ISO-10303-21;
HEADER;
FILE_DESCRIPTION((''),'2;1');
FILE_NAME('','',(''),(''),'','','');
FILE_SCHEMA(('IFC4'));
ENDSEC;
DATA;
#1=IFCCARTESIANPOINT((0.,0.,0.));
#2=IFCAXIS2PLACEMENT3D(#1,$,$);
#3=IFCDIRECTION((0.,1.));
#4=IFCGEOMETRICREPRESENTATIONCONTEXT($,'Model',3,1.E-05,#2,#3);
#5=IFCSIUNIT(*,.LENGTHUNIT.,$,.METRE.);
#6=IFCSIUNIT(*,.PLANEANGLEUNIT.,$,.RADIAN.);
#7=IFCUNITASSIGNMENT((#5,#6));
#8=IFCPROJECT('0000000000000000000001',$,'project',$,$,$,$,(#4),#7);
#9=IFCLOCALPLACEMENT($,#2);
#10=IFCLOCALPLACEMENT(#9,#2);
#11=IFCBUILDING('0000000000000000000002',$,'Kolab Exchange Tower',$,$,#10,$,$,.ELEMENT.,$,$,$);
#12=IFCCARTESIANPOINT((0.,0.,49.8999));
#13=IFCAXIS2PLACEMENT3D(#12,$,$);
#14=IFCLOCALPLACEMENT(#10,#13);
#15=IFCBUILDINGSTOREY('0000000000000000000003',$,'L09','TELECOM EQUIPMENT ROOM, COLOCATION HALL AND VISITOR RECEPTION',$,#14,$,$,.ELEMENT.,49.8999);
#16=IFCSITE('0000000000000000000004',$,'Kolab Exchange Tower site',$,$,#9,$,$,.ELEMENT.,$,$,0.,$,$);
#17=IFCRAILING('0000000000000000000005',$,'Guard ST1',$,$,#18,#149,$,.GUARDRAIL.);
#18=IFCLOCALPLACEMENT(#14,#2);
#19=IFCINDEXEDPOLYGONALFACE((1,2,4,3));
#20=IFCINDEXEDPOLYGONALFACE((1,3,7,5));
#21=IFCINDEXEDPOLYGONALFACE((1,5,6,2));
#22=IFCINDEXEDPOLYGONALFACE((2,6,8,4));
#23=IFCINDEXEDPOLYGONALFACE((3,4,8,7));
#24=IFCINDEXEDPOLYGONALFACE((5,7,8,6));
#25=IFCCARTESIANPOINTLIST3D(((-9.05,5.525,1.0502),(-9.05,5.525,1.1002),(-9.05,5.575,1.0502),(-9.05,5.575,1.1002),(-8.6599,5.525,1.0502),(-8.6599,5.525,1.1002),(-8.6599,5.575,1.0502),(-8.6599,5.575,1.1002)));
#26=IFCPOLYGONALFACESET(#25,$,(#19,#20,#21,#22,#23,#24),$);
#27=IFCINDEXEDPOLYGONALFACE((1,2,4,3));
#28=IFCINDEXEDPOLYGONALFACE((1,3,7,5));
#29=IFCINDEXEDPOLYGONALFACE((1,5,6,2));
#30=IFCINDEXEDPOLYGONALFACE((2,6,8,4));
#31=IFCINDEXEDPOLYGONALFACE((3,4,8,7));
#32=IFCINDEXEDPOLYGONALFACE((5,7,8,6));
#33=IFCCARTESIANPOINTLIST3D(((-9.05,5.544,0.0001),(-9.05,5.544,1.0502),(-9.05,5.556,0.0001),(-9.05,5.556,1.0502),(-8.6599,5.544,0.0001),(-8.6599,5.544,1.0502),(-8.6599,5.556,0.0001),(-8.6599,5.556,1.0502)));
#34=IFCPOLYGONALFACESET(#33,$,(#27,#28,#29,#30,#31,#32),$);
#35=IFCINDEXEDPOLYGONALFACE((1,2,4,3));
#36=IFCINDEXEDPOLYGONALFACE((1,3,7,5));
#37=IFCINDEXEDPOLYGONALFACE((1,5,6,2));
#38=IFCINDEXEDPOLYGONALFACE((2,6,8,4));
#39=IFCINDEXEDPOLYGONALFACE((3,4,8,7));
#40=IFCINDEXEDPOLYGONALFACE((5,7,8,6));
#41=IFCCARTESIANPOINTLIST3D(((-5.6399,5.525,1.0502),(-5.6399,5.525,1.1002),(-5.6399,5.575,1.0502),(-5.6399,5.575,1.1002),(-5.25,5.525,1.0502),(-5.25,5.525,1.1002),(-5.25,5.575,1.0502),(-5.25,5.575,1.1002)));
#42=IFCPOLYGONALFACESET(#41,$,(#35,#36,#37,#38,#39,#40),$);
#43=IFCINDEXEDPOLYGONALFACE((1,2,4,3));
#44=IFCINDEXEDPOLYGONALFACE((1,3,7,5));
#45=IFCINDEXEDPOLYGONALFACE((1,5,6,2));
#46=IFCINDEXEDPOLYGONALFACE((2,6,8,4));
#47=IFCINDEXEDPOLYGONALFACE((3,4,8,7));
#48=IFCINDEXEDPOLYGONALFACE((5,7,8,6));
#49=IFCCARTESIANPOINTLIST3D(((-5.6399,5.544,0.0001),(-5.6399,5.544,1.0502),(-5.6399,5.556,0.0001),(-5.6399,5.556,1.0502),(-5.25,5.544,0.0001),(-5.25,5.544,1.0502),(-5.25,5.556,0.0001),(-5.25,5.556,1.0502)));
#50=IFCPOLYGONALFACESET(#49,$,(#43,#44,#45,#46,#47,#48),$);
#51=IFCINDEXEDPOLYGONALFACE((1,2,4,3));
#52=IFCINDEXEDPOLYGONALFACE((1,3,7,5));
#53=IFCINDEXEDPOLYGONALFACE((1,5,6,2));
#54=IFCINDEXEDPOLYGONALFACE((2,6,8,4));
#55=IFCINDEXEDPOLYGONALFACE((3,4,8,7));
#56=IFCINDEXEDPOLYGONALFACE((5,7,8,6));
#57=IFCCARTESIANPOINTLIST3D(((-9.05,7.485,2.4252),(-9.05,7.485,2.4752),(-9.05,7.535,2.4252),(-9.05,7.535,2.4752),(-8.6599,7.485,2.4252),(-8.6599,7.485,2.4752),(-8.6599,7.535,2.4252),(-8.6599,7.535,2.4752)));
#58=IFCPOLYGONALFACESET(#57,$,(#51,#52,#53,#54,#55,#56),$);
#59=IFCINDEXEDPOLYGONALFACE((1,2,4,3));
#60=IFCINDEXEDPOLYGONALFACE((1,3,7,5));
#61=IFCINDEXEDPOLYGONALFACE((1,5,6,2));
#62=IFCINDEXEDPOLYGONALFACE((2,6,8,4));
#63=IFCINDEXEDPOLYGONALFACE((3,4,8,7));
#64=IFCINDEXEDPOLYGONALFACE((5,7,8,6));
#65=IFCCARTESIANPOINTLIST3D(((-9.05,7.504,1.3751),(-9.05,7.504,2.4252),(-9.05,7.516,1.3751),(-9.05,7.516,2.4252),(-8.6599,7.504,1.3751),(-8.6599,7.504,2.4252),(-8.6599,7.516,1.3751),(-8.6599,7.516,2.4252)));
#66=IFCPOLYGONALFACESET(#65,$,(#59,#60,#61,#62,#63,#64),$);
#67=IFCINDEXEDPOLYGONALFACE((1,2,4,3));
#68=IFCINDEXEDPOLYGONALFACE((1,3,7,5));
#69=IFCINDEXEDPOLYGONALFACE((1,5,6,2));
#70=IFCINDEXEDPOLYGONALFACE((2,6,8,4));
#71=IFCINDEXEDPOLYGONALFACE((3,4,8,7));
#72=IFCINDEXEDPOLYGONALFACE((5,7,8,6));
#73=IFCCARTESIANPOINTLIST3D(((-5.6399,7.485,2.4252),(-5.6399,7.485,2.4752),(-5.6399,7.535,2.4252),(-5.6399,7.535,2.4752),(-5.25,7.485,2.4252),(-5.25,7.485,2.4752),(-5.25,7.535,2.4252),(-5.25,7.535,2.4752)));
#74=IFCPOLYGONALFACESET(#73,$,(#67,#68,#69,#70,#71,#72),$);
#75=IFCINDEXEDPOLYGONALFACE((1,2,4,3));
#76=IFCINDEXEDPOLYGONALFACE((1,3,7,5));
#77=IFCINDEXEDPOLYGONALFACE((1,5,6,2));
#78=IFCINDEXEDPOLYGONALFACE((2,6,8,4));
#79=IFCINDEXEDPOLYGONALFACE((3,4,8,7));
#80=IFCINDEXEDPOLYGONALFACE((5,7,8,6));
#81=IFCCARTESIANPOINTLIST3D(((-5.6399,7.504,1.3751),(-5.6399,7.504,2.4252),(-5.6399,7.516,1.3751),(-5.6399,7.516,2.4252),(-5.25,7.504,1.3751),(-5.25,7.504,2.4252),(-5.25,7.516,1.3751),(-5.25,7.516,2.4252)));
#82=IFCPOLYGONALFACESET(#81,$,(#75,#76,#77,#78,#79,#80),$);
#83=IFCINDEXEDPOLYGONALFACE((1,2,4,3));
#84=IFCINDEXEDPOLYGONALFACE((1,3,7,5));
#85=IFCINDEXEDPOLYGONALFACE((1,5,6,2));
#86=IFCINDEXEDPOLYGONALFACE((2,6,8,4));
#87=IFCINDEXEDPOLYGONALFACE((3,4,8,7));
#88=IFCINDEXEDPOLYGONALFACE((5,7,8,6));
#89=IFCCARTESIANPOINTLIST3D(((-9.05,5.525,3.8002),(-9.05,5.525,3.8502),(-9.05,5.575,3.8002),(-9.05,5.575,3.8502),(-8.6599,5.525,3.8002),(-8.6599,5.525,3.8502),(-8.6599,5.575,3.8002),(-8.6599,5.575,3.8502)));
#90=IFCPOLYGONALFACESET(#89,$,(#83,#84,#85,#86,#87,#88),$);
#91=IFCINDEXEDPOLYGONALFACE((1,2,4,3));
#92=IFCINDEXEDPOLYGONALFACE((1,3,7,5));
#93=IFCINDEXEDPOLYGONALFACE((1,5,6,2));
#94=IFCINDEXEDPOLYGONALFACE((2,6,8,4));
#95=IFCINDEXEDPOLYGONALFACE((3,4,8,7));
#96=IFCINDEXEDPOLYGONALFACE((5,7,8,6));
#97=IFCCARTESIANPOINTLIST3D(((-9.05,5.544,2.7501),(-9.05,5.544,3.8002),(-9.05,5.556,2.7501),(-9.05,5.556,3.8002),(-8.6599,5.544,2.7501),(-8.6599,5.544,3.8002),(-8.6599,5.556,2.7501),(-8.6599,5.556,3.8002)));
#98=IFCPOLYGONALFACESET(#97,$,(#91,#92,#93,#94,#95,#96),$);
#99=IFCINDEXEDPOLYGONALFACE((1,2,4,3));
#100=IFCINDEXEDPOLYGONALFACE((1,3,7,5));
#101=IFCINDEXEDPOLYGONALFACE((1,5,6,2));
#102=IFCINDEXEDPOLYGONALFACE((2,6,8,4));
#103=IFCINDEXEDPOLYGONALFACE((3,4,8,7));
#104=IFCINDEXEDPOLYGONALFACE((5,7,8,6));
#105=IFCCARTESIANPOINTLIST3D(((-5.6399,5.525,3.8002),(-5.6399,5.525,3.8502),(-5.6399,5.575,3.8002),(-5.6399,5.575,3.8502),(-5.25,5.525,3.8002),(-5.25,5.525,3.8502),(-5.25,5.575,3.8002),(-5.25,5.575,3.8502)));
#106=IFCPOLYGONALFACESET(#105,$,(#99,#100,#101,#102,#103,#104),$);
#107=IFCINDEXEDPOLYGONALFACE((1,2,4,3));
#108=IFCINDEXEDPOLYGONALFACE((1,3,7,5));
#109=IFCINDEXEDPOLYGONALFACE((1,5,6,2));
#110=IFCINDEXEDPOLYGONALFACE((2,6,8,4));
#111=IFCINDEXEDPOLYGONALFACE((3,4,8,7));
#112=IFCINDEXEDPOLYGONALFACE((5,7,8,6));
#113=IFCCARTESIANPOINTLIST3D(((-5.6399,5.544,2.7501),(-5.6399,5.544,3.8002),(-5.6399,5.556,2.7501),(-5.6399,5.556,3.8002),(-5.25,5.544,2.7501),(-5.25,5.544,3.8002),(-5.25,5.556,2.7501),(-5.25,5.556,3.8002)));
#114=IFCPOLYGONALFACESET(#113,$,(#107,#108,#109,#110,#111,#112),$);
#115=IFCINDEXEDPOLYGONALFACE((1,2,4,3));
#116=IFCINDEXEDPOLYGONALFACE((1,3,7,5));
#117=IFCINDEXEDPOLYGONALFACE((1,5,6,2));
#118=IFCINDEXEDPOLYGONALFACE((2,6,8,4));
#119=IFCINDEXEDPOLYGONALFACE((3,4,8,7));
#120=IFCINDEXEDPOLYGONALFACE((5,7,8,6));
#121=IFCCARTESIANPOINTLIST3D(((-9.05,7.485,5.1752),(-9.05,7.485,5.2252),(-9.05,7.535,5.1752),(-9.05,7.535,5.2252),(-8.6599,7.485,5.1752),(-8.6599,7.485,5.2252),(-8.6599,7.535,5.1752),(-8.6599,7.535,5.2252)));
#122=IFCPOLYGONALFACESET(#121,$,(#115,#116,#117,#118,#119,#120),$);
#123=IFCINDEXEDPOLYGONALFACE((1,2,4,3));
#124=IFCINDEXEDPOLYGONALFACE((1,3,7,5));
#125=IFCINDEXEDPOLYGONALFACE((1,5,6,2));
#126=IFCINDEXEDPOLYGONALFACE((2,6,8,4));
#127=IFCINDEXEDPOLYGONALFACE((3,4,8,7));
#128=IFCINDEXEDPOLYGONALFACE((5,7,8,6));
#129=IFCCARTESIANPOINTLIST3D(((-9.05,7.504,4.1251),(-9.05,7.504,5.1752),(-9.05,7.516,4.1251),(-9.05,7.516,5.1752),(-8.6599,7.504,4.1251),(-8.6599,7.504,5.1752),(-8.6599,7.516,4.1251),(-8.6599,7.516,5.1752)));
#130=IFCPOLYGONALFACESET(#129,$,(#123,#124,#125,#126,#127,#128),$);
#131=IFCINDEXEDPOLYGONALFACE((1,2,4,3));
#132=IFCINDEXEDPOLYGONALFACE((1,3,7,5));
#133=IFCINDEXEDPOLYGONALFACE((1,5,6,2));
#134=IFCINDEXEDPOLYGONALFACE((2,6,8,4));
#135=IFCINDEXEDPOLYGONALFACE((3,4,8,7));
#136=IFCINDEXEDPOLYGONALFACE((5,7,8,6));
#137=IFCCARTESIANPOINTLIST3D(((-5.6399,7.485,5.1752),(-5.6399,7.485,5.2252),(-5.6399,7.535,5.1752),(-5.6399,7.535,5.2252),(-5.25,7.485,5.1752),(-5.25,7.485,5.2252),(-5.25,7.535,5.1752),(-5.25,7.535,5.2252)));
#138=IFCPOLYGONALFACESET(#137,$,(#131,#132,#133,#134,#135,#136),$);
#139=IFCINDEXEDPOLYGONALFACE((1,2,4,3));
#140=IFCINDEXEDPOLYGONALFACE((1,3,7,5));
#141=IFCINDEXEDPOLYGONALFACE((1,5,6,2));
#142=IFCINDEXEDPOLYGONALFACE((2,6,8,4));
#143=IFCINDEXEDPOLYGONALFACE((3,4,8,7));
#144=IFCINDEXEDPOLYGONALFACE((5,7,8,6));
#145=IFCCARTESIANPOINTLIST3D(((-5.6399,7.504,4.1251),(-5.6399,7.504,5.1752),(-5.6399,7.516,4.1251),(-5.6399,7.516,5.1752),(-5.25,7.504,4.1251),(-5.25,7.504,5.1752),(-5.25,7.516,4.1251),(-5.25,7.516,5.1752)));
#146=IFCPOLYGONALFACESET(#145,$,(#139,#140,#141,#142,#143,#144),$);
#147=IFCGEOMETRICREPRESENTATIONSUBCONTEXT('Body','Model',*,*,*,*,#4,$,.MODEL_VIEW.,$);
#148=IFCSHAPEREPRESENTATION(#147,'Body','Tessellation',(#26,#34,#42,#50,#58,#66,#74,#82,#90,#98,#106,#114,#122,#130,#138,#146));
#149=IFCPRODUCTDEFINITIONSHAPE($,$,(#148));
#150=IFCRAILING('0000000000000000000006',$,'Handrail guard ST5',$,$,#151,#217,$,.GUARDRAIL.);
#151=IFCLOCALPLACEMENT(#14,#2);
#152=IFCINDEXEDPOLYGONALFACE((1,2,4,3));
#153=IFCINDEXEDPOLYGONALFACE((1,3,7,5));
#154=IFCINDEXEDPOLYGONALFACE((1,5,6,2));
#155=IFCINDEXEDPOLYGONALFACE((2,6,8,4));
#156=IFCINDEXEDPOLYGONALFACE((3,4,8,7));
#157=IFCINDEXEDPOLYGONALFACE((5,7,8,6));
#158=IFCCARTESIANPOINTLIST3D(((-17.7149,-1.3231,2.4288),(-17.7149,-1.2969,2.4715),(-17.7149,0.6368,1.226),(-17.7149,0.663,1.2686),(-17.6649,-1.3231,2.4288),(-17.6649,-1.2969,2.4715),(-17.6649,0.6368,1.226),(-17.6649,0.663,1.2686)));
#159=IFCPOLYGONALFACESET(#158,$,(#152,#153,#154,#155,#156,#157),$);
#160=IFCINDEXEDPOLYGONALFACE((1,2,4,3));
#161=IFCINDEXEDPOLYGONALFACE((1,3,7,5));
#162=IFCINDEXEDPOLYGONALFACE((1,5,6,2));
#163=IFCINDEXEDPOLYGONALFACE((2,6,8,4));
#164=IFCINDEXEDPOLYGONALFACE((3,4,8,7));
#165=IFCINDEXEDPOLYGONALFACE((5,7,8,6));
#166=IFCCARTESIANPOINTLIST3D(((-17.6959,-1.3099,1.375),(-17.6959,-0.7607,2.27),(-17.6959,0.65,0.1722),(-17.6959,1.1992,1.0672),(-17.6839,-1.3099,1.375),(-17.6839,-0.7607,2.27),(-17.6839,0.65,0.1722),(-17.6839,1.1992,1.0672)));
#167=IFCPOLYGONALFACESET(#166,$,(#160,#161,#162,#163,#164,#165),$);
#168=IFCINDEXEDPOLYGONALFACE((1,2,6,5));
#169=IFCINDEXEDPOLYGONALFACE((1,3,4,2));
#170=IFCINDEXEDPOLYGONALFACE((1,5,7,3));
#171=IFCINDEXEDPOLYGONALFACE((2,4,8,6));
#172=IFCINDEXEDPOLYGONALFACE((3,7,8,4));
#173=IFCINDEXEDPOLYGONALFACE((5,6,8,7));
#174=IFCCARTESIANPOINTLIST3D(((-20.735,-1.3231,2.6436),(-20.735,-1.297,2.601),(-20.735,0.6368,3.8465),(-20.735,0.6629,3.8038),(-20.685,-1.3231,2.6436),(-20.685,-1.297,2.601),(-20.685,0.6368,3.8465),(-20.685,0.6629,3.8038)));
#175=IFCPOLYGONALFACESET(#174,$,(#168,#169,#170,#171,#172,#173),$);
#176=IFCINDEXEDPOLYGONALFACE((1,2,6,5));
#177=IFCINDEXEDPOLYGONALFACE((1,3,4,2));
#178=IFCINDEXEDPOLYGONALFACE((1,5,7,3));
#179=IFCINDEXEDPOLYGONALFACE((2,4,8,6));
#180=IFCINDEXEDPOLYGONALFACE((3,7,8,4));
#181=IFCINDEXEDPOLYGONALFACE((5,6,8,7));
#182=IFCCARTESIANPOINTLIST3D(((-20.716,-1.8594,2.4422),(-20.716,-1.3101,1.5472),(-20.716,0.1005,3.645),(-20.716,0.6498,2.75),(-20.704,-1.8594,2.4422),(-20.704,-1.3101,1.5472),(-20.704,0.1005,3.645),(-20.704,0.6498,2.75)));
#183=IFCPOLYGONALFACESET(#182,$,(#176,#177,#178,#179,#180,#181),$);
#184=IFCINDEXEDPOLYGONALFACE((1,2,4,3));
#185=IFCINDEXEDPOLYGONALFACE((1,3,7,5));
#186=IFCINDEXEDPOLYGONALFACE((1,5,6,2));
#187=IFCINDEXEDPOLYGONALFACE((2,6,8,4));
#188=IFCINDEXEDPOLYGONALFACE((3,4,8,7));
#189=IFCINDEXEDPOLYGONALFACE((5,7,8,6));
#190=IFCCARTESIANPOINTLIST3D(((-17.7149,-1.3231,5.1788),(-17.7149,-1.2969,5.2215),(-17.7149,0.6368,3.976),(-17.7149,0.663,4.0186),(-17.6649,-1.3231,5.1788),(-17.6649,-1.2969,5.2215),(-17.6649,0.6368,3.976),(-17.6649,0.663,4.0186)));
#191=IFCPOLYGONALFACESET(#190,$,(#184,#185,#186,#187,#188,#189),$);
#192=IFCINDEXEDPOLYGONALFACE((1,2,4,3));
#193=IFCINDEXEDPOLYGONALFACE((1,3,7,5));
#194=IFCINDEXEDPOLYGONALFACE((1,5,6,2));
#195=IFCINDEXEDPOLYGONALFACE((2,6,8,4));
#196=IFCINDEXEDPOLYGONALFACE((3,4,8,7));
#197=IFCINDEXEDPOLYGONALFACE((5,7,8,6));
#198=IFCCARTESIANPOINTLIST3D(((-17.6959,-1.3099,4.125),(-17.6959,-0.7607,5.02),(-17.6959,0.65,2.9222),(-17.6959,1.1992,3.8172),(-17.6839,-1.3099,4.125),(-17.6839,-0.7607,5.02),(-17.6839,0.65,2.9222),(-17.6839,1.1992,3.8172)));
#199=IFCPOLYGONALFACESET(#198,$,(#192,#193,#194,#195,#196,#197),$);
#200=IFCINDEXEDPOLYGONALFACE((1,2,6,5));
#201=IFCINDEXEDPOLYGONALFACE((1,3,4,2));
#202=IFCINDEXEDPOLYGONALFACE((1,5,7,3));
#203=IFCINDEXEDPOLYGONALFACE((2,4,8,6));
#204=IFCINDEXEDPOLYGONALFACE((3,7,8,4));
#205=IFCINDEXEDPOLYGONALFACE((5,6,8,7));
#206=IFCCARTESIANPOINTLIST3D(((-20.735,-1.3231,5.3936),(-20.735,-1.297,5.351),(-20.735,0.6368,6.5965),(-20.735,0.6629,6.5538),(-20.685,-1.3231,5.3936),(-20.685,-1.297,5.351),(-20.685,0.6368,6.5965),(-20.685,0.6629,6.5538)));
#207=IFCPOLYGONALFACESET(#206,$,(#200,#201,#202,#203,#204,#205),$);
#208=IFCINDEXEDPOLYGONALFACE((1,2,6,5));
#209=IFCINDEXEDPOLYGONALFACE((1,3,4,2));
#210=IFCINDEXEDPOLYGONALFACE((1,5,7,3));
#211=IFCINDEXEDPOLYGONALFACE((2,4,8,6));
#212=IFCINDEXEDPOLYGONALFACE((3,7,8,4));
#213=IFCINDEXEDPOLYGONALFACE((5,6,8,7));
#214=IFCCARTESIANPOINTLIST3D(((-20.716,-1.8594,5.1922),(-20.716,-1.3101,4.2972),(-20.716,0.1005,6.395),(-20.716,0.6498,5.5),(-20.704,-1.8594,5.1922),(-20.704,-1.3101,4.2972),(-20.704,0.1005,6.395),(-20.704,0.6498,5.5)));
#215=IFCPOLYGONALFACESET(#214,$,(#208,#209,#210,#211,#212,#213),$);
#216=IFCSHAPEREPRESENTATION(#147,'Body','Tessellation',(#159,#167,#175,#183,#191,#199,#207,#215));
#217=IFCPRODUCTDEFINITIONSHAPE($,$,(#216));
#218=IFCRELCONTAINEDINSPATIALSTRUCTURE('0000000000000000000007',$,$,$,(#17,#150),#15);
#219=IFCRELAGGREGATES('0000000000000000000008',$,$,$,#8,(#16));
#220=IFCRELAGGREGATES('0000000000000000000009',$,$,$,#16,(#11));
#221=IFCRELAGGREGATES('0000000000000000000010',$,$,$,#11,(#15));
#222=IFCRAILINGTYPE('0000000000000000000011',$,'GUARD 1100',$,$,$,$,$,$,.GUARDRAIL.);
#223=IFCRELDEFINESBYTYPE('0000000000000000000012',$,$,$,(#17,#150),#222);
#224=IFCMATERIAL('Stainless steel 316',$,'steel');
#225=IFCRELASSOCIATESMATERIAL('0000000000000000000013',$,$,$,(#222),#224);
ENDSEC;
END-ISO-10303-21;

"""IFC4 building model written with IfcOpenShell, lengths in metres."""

from ifc_helpers import new_model, si_unit, direction, frame, frame_2d, origin, origin_2d, place, context, subcontext, project, spatial, rectangle, extrude, material, type_object, element, save


model = new_model("IFC4")

# Units and contexts
model_context = context("Model", 3, precision=1e-05, world=origin(), true_north=direction((0.0, 1.0)))
body_context = subcontext(model_context, "Body", "Model", "MODEL_VIEW")
ifc_project = project(units=[si_unit("LENGTHUNIT", "METRE"), si_unit("PLANEANGLEUNIT", "RADIAN")], contexts=[model_context])

# Site, building, storey
site_placement = place(None, origin())
site = spatial("IfcSite", under=ifc_project, at=site_placement, Name="Kolab Exchange Tower site", CompositionType="ELEMENT", RefElevation=0.0)
building_placement = place(site_placement, origin())
building = spatial("IfcBuilding", under=site, at=building_placement, Name="Kolab Exchange Tower", CompositionType="ELEMENT")
storey_placement = place(building_placement, frame((0.0, 0.0, 49.8999)))
storey = spatial("IfcBuildingStorey", under=building, at=storey_placement, Name="L09", Description="TELECOM EQUIPMENT ROOM, COLOCATION HALL AND VISITOR RECEPTION", CompositionType="ELEMENT", Elevation=49.8999)

# Railings
ifc_material_1 = material(Name="Stainless steel 316", Category="steel")
railing_type = type_object("IfcRailingType", Name="GUARD 1100", PredefinedType="GUARDRAIL", material=ifc_material_1)
railing_1_placement = place(storey_placement, frame((-9.05, 5.55, 0.0)))
element("IfcRailing", 1, at=railing_1_placement, inside=storey, type_object=railing_type, Name="Guard ST1", PredefinedType="GUARDRAIL", context=body_context, shape_type="SweptSolid", body=[
    extrude(rectangle(XDim=0.05, YDim=0.05, at=origin_2d()), frame((0.0, 0.0, 1.0752), z_axis=(1.0, 0.0, 0.0), x_axis=(0.0, 1.0, 0.0)), (0.0, 0.0, 1.0), 0.3901),
    extrude(rectangle(XDim=0.012, YDim=1.0501, at=frame_2d((0.0, 0.5251))), frame((0.0, 0.0, 0.0), z_axis=(1.0, 0.0, 0.0), x_axis=(0.0, 1.0, 0.0)), (0.0, 0.0, 1.0), 0.3901),
    extrude(rectangle(XDim=0.05, YDim=0.05, at=origin_2d()), frame((3.4102, 0.0, 1.0752), z_axis=(1.0, 0.0, 0.0), x_axis=(0.0, 1.0, 0.0)), (0.0, 0.0, 1.0), 0.3899),
    extrude(rectangle(XDim=0.012, YDim=1.0501, at=frame_2d((0.0, 0.5251))), frame((3.4102, 0.0, 0.0), z_axis=(1.0, 0.0, 0.0), x_axis=(0.0, 1.0, 0.0)), (0.0, 0.0, 1.0), 0.3899),
    extrude(rectangle(XDim=0.05, YDim=0.05, at=origin_2d()), frame((0.0, 1.96, 2.4502), z_axis=(1.0, 0.0, 0.0), x_axis=(0.0, 1.0, 0.0)), (0.0, 0.0, 1.0), 0.3901),
    extrude(rectangle(XDim=0.012, YDim=1.0501, at=frame_2d((0.0, 0.5251))), frame((0.0, 1.96, 1.375), z_axis=(1.0, 0.0, 0.0), x_axis=(0.0, 1.0, 0.0)), (0.0, 0.0, 1.0), 0.3901),
    extrude(rectangle(XDim=0.05, YDim=0.05, at=origin_2d()), frame((3.4102, 1.96, 2.4502), z_axis=(1.0, 0.0, 0.0), x_axis=(0.0, 1.0, 0.0)), (0.0, 0.0, 1.0), 0.3899),
    extrude(rectangle(XDim=0.012, YDim=1.0501, at=frame_2d((0.0, 0.5251))), frame((3.4102, 1.96, 1.375), z_axis=(1.0, 0.0, 0.0), x_axis=(0.0, 1.0, 0.0)), (0.0, 0.0, 1.0), 0.3899),
    extrude(rectangle(XDim=0.05, YDim=0.05, at=origin_2d()), frame((0.0, 0.0, 3.8252), z_axis=(1.0, 0.0, 0.0), x_axis=(0.0, 1.0, 0.0)), (0.0, 0.0, 1.0), 0.3901),
    extrude(rectangle(XDim=0.012, YDim=1.0501, at=frame_2d((0.0, 0.5251))), frame((0.0, 0.0, 2.75), z_axis=(1.0, 0.0, 0.0), x_axis=(0.0, 1.0, 0.0)), (0.0, 0.0, 1.0), 0.3901),
    extrude(rectangle(XDim=0.05, YDim=0.05, at=origin_2d()), frame((3.4102, 0.0, 3.8252), z_axis=(1.0, 0.0, 0.0), x_axis=(0.0, 1.0, 0.0)), (0.0, 0.0, 1.0), 0.3899),
    extrude(rectangle(XDim=0.012, YDim=1.0501, at=frame_2d((0.0, 0.5251))), frame((3.4102, 0.0, 2.75), z_axis=(1.0, 0.0, 0.0), x_axis=(0.0, 1.0, 0.0)), (0.0, 0.0, 1.0), 0.3899),
    extrude(rectangle(XDim=0.05, YDim=0.05, at=origin_2d()), frame((0.0, 1.96, 5.2002), z_axis=(1.0, 0.0, 0.0), x_axis=(0.0, 1.0, 0.0)), (0.0, 0.0, 1.0), 0.3901),
    extrude(rectangle(XDim=0.012, YDim=1.0501, at=frame_2d((0.0, 0.5251))), frame((0.0, 1.96, 4.125), z_axis=(1.0, 0.0, 0.0), x_axis=(0.0, 1.0, 0.0)), (0.0, 0.0, 1.0), 0.3901),
    extrude(rectangle(XDim=0.05, YDim=0.05, at=origin_2d()), frame((3.4102, 1.96, 5.2002), z_axis=(1.0, 0.0, 0.0), x_axis=(0.0, 1.0, 0.0)), (0.0, 0.0, 1.0), 0.3899),
    extrude(rectangle(XDim=0.012, YDim=1.0501, at=frame_2d((0.0, 0.5251))), frame((3.4102, 1.96, 4.125), z_axis=(1.0, 0.0, 0.0), x_axis=(0.0, 1.0, 0.0)), (0.0, 0.0, 1.0), 0.3899),
])
railing_2_placement = place(storey_placement, frame((-17.6899, 0.6499, 0.1721)))
element("IfcRailing", 2, at=railing_2_placement, inside=storey, type_object=railing_type, Name="Handrail guard ST5", PredefinedType="GUARDRAIL", context=body_context, shape_type="SweptSolid", body=[
    extrude(rectangle(XDim=0.05, YDim=0.05, at=origin_2d()), frame((0.0, 0.0, 1.0752), z_axis=(0.0, -0.852288, 0.523072), x_axis=(1.0, 0.0, 0.0)), (0.0, 0.0, 1.0), 2.2996),
    extrude(rectangle(XDim=0.012, YDim=1.0501, at=frame_2d((0.0, 0.5251))), frame((0.0, 0.0, 0.0), z_axis=(0.0, -0.852288, 0.523072), x_axis=(1.0, 0.0, 0.0)), (0.0, 0.0, 1.0), 2.2996),
    extrude(rectangle(XDim=0.05, YDim=0.05, at=origin_2d()), frame((-3.02, -1.96, 2.4502), z_axis=(0.0, 0.852288, 0.523072), x_axis=(-1.0, 0.0, 0.0)), (0.0, 0.0, 1.0), 2.2996),
    extrude(rectangle(XDim=0.012, YDim=1.0501, at=frame_2d((0.0, 0.5251))), frame((-3.02, -1.96, 1.375), z_axis=(0.0, 0.852288, 0.523072), x_axis=(-1.0, 0.0, 0.0)), (0.0, 0.0, 1.0), 2.2996),
    extrude(rectangle(XDim=0.05, YDim=0.05, at=origin_2d()), frame((0.0, 0.0, 3.8252), z_axis=(0.0, -0.852288, 0.523072), x_axis=(1.0, 0.0, 0.0)), (0.0, 0.0, 1.0), 2.2996),
    extrude(rectangle(XDim=0.012, YDim=1.0501, at=frame_2d((0.0, 0.5251))), frame((0.0, 0.0, 2.75), z_axis=(0.0, -0.852288, 0.523072), x_axis=(1.0, 0.0, 0.0)), (0.0, 0.0, 1.0), 2.2996),
    extrude(rectangle(XDim=0.05, YDim=0.05, at=origin_2d()), frame((-3.02, -1.96, 5.2002), z_axis=(0.0, 0.852288, 0.523072), x_axis=(-1.0, 0.0, 0.0)), (0.0, 0.0, 1.0), 2.2996),
    extrude(rectangle(XDim=0.012, YDim=1.0501, at=frame_2d((0.0, 0.5251))), frame((-3.02, -1.96, 4.125), z_axis=(0.0, 0.852288, 0.523072), x_axis=(-1.0, 0.0, 0.0)), (0.0, 0.0, 1.0), 2.2996),
])

save(model, "model.ifc")
